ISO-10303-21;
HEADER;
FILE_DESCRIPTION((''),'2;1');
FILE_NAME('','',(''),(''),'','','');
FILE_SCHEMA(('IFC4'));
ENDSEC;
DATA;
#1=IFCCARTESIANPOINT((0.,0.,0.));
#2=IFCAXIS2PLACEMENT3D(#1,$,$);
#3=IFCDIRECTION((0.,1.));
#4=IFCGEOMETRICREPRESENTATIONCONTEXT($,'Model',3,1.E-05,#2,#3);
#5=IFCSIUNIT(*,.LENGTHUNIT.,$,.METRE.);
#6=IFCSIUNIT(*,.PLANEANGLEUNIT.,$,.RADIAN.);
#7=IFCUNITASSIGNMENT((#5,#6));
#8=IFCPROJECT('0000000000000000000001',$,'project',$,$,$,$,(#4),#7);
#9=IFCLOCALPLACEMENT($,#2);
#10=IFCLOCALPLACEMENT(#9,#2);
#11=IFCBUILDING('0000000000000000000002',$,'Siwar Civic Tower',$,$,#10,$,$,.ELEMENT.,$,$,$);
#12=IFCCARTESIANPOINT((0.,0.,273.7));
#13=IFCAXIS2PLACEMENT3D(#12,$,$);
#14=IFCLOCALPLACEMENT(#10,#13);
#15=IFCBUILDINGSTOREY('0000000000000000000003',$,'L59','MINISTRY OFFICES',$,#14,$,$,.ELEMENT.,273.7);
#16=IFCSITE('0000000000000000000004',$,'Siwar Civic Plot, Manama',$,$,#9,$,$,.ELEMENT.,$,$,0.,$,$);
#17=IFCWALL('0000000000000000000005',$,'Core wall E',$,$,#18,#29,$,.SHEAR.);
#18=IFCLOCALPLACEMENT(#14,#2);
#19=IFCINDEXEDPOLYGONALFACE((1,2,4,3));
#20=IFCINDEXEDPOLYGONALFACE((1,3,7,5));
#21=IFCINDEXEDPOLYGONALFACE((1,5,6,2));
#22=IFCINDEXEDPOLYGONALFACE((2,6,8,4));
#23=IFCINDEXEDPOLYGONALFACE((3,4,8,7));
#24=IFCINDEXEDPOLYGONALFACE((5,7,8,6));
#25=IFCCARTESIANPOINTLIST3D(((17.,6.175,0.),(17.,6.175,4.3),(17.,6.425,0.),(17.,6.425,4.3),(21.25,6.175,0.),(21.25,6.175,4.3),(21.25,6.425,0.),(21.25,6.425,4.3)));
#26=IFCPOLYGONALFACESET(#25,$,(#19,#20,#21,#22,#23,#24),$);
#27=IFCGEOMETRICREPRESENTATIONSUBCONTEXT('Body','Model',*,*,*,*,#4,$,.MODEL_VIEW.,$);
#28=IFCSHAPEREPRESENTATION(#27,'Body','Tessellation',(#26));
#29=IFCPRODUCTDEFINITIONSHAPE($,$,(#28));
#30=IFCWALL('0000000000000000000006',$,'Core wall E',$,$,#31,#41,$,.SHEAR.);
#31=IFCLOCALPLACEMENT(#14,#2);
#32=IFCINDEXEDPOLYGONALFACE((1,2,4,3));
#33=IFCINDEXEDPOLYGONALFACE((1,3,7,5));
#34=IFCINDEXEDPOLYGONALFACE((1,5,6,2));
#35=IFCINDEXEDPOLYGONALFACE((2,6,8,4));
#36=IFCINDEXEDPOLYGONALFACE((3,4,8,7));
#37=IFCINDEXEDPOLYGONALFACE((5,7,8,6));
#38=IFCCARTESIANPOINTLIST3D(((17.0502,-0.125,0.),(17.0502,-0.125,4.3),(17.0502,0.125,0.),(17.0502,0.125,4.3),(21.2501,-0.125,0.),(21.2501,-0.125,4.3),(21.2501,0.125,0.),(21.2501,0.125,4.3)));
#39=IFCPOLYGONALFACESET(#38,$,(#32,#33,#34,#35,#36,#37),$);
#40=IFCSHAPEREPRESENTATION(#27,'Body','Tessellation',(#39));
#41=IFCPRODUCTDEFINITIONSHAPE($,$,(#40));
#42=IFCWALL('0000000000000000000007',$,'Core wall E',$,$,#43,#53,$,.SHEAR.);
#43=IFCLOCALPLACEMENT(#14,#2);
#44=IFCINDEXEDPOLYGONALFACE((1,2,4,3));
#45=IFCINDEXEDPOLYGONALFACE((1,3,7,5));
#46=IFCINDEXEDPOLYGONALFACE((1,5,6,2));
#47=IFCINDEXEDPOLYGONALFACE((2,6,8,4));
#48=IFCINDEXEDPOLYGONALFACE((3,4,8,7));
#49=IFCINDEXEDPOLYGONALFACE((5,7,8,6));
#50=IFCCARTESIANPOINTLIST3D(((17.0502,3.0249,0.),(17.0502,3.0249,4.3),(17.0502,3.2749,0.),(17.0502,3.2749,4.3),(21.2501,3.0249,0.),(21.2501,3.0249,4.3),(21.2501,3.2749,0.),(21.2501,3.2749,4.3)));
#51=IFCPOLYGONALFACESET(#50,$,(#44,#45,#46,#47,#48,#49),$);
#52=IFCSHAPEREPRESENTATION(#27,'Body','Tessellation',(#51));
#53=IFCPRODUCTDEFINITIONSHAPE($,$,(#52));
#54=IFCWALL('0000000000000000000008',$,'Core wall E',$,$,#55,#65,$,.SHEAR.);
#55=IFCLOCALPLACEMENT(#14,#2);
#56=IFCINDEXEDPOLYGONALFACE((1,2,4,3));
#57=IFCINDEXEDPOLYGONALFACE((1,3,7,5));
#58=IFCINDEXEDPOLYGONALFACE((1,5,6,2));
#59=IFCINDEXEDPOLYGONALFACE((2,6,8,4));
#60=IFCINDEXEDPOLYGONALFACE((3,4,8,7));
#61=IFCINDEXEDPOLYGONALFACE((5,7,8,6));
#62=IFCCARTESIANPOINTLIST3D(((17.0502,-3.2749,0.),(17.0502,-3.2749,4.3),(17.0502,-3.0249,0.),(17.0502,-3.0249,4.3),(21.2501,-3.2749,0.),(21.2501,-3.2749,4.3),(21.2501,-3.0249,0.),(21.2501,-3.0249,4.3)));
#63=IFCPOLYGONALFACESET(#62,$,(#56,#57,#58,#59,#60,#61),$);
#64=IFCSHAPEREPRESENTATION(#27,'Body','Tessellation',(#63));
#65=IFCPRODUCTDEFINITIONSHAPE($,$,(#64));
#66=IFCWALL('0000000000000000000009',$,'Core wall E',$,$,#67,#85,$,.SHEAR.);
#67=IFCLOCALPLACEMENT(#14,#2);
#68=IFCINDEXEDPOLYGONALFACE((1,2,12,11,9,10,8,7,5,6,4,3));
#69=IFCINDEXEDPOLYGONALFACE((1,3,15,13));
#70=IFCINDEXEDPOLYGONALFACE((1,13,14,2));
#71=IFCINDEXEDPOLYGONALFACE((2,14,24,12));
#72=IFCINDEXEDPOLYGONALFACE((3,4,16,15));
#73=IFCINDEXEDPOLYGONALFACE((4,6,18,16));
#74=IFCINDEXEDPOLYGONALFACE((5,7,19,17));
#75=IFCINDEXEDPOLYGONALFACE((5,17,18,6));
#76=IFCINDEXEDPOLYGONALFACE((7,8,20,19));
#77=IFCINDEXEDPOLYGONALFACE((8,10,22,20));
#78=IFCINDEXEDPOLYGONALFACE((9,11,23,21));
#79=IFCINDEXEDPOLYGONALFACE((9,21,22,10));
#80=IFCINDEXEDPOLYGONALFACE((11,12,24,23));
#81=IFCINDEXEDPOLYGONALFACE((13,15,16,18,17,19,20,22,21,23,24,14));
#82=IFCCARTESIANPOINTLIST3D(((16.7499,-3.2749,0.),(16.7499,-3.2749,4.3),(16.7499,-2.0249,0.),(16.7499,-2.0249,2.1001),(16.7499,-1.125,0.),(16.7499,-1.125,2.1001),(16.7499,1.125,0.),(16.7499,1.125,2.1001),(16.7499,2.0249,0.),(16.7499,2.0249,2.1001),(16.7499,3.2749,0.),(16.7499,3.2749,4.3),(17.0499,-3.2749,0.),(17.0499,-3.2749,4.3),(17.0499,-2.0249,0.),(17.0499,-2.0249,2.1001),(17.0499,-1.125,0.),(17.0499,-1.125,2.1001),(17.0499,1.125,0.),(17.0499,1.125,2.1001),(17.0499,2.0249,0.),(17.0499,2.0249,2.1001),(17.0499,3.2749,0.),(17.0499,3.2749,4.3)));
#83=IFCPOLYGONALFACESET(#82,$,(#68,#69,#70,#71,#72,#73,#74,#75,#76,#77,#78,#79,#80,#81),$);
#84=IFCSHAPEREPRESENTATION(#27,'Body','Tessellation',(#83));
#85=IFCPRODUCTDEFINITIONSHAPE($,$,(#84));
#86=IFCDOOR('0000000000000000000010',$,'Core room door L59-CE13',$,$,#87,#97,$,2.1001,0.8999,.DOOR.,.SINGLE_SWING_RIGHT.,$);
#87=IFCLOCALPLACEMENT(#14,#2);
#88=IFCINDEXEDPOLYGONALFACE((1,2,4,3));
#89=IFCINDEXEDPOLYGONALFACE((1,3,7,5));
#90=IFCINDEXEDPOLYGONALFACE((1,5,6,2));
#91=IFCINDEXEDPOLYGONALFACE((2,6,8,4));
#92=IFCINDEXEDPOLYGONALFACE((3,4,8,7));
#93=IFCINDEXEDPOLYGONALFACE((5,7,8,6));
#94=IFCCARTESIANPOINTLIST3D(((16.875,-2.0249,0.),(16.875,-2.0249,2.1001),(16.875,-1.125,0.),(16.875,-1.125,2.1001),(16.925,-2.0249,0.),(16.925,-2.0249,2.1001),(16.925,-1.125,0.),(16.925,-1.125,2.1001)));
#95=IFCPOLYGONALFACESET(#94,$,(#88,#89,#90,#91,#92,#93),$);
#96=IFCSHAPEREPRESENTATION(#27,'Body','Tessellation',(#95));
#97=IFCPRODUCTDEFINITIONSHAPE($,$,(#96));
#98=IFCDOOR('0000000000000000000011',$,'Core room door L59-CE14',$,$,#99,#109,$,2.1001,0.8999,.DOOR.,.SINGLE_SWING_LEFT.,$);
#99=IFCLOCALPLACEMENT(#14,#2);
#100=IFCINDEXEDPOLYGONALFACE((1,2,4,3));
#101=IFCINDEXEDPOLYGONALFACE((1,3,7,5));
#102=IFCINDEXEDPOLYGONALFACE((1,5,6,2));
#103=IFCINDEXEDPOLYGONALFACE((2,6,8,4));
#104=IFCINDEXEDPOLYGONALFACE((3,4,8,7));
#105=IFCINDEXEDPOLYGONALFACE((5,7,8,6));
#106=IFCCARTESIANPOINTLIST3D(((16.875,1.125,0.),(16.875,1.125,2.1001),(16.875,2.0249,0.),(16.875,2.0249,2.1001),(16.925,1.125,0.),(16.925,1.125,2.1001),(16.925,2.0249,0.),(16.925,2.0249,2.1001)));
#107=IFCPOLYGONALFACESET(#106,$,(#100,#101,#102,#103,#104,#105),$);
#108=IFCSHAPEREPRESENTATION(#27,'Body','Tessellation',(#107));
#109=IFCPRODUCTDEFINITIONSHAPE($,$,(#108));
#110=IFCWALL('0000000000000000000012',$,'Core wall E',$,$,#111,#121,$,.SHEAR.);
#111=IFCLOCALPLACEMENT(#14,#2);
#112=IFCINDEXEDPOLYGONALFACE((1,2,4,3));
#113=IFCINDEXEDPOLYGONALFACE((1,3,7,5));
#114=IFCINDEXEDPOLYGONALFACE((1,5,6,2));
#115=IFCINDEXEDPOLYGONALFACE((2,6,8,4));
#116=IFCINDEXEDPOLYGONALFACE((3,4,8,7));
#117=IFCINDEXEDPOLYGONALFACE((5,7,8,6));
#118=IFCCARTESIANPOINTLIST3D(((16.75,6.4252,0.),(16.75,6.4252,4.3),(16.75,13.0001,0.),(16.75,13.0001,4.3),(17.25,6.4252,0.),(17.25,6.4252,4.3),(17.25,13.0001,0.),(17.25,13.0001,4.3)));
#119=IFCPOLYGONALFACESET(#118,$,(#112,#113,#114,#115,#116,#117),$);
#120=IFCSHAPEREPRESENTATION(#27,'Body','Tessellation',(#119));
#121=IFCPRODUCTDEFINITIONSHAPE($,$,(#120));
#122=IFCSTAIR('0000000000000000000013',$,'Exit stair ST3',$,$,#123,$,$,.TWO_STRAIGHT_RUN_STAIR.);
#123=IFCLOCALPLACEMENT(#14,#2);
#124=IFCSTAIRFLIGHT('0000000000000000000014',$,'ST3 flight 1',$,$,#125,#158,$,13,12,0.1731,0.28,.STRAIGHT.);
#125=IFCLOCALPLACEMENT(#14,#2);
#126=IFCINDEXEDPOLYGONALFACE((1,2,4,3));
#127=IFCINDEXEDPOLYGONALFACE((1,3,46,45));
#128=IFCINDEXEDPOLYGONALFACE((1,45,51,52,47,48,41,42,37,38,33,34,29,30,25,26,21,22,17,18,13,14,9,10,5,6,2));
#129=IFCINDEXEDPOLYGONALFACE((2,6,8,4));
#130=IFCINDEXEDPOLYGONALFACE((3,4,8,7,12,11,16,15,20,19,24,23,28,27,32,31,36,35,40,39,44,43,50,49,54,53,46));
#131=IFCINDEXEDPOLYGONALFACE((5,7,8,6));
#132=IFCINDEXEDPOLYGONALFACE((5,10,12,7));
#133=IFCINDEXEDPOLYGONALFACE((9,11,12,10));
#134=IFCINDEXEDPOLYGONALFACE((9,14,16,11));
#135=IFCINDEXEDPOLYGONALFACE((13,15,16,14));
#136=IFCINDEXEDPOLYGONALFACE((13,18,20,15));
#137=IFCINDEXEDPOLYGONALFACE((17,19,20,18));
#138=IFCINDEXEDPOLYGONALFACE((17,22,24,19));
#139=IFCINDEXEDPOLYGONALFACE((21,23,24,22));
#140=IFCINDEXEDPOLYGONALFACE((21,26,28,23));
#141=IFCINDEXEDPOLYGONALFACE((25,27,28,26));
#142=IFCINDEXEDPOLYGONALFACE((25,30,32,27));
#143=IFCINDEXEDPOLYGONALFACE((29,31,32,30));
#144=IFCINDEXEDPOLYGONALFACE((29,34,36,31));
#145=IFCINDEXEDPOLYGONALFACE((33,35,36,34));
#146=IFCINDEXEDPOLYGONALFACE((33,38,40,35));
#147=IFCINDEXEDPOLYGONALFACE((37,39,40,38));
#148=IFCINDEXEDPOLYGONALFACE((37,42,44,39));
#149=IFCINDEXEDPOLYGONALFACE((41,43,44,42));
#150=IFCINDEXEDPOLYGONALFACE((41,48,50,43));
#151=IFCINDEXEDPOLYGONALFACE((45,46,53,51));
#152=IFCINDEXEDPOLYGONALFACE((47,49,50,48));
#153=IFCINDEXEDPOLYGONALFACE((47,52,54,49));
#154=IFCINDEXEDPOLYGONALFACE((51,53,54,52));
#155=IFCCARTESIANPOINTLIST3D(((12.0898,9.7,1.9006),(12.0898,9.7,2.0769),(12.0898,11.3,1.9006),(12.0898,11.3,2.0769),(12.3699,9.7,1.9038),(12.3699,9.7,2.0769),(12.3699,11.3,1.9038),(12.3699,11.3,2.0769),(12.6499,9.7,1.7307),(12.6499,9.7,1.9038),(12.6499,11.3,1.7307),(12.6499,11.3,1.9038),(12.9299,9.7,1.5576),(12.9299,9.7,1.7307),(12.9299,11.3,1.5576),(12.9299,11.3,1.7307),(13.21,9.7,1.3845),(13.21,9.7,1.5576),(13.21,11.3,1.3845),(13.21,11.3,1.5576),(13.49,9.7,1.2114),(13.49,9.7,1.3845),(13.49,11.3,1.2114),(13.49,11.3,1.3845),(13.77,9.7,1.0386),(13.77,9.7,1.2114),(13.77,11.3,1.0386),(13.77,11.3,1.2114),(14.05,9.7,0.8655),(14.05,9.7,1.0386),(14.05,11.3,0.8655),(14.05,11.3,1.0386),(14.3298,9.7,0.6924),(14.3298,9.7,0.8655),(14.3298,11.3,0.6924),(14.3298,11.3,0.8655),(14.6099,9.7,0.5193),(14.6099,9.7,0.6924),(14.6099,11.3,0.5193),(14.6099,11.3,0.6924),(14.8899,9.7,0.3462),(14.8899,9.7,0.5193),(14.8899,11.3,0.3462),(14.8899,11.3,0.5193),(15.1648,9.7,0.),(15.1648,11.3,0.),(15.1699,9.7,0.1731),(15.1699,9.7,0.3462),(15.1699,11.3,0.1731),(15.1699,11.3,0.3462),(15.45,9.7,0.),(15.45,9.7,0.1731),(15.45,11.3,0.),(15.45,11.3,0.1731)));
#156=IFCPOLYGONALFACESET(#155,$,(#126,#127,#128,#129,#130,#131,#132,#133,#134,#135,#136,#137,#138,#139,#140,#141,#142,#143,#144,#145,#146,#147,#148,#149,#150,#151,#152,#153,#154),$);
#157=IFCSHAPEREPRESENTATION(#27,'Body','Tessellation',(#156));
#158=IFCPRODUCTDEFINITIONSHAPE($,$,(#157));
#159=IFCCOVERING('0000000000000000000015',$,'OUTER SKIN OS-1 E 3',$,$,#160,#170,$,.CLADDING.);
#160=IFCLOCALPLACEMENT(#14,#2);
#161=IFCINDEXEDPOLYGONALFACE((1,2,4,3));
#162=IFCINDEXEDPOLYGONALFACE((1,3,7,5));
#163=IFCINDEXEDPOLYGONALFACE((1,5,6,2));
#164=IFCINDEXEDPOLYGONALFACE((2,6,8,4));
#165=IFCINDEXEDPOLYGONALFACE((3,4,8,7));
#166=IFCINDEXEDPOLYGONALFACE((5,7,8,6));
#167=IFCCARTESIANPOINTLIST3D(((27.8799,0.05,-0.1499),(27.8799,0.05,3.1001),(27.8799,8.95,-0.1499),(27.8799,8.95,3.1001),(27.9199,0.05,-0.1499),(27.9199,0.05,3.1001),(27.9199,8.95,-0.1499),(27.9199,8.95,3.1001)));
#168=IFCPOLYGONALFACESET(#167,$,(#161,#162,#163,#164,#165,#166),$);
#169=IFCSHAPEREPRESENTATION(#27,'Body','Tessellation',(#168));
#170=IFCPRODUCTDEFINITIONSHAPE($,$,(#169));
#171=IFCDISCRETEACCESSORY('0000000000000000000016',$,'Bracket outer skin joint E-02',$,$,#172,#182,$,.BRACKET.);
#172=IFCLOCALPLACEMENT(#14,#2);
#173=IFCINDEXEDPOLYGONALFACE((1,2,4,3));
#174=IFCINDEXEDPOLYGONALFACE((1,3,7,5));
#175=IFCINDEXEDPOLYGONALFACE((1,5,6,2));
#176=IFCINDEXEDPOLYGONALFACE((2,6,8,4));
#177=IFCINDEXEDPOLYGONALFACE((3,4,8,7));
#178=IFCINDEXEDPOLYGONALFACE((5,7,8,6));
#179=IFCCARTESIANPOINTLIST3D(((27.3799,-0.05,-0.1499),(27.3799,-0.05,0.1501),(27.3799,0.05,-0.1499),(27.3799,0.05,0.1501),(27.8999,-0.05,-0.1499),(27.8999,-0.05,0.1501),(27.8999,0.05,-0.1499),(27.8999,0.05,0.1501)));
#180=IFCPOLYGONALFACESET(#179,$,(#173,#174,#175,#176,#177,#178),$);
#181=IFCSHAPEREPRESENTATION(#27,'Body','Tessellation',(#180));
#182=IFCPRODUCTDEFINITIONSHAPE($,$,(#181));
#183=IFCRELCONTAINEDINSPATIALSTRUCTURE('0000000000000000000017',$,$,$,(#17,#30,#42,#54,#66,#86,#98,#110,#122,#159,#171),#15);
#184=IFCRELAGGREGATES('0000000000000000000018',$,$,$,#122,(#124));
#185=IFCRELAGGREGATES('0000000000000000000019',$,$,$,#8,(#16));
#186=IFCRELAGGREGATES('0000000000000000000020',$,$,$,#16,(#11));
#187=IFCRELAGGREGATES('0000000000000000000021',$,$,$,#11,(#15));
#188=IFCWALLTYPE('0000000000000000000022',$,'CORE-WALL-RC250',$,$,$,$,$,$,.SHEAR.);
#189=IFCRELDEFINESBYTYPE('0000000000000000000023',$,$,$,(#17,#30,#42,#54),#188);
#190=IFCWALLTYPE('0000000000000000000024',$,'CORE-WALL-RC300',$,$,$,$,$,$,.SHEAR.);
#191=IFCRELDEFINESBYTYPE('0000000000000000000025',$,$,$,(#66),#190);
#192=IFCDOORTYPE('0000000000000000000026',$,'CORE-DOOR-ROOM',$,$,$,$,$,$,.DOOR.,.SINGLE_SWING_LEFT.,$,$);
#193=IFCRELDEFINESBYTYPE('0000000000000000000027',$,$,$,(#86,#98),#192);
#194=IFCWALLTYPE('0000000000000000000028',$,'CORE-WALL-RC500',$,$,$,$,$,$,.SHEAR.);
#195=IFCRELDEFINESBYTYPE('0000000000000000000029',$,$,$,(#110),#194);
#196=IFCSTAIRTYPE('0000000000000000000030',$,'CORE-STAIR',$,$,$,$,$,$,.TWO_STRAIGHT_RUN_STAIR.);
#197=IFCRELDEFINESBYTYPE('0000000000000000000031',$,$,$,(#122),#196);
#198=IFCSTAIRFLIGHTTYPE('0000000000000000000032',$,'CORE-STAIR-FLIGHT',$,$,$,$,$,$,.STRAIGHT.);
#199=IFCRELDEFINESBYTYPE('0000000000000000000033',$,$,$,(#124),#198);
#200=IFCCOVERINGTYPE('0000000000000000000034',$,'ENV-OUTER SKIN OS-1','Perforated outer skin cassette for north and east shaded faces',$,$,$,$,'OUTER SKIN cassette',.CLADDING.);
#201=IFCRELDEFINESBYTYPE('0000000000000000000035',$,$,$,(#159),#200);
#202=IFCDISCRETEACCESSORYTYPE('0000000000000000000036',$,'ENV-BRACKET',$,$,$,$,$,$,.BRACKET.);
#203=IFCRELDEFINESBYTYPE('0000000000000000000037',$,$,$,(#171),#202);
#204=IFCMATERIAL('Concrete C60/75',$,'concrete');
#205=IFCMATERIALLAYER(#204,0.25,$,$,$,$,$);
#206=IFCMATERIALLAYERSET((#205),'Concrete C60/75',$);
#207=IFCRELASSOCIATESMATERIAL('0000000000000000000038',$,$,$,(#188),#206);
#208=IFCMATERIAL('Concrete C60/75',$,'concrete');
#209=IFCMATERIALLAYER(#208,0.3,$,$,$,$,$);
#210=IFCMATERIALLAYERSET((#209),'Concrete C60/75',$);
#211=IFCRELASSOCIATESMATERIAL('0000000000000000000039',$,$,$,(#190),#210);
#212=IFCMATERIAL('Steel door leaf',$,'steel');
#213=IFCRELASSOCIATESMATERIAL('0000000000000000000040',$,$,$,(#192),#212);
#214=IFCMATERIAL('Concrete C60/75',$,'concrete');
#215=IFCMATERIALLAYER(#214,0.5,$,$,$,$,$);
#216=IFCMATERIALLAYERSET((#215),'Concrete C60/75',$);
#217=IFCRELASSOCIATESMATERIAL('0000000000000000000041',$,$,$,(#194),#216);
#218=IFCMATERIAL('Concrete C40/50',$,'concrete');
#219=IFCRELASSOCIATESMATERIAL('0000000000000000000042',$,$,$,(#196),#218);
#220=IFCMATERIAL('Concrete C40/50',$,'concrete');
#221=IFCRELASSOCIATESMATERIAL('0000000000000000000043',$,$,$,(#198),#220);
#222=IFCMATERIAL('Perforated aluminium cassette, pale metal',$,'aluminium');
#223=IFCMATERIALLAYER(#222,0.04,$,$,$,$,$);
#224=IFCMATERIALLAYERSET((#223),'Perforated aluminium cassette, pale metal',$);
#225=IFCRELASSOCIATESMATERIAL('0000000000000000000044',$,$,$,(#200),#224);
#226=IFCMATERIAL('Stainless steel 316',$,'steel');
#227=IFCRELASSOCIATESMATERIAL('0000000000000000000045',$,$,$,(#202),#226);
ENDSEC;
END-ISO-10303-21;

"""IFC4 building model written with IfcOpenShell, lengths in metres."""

from ifc_helpers import new_model, si_unit, direction, frame, frame_2d, origin, origin_2d, place, context, subcontext, project, spatial, polyline, rectangle, outline, extrude, material, layer, layer_set, type_object, element, fill, aggregate, save


model = new_model("IFC4")

# Units and contexts
model_context = context("Model", 3, precision=1e-05, world=origin(), true_north=direction((0.0, 1.0)))
body_context = subcontext(model_context, "Body", "Model", "MODEL_VIEW")
ifc_project = project(units=[si_unit("LENGTHUNIT", "METRE"), si_unit("PLANEANGLEUNIT", "RADIAN")], contexts=[model_context])

# Site, building, storey
site_placement = place(None, origin())
site = spatial("IfcSite", under=ifc_project, at=site_placement, Name="Siwar Civic Plot, Manama", CompositionType="ELEMENT", RefElevation=0.0)
building_placement = place(site_placement, origin())
building = spatial("IfcBuilding", under=site, at=building_placement, Name="Siwar Civic Tower", CompositionType="ELEMENT")
storey_placement = place(building_placement, frame((0.0, 0.0, 273.7)))
storey = spatial("IfcBuildingStorey", under=building, at=storey_placement, Name="L59", Description="MINISTRY OFFICES", CompositionType="ELEMENT", Elevation=273.7)

# Walls
ifc_material_1 = material(Name="Concrete C60/75", Category="concrete")
ifc_layer_1 = layer(ifc_material_1, 0.25)
ifc_layer_set_1 = layer_set([ifc_layer_1], Name="Concrete C60/75")
wall_type_1 = type_object("IfcWallType", Name="CORE-WALL-RC250", PredefinedType="SHEAR", material=ifc_layer_set_1)
wall_1_placement = place(storey_placement, frame((17.0, 6.3, 0.0), z_axis=(0.0, 0.0, 1.0), x_axis=(1.0, 0.0, 0.0)))
element("IfcWall", 1, at=wall_1_placement, inside=storey, type_object=wall_type_1, Name="Core wall E", PredefinedType="SHEAR", context=body_context, shape_type="SweptSolid", body=[
    extrude(rectangle(XDim=4.25, YDim=0.25, at=frame_2d((2.125, 0.0))), origin(), (0.0, 0.0, 1.0), 4.3),
])
for number, where, z_axis, x_axis, name in (
    (2, (17.05, 0.0, 0.0), (0.0, 0.0, 1.0), (1.0, 0.0, 0.0), "Core wall E"),
    (3, (17.05, 3.1499, 0.0), (0.0, 0.0, 1.0), (1.0, 0.0, 0.0), "Core wall E"),
    (4, (17.05, -3.1499, 0.0), (0.0, 0.0, 1.0), (1.0, 0.0, 0.0), "Core wall E"),
):
    element("IfcWall", number, at=place(storey_placement, frame(where, z_axis=z_axis, x_axis=x_axis)), inside=storey, type_object=wall_type_1, Name=name, PredefinedType="SHEAR", context=body_context, shape_type="SweptSolid", body=[
        extrude(rectangle(XDim=4.2, YDim=0.25, at=frame_2d((2.1001, 0.0))), origin(), (0.0, 0.0, 1.0), 4.3),
    ])

# Wall, openings, doors
ifc_material_2 = material(Name="Concrete C60/75", Category="concrete")
ifc_layer_2 = layer(ifc_material_2, 0.3)
ifc_layer_set_2 = layer_set([ifc_layer_2], Name="Concrete C60/75")
wall_type_2 = type_object("IfcWallType", Name="CORE-WALL-RC300", PredefinedType="SHEAR", material=ifc_layer_set_2)
wall_2_placement = place(storey_placement, frame((16.8999, -3.2749, 0.0), z_axis=(0.0, 0.0, 1.0), x_axis=(0.0, 1.0, 0.0)))
wall_2 = element("IfcWall", 5, at=wall_2_placement, inside=storey, type_object=wall_type_2, Name="Core wall E", PredefinedType="SHEAR", context=body_context, shape_type="SweptSolid", body=[
    extrude(rectangle(XDim=6.5498, YDim=0.3, at=frame_2d((3.2749, 0.0))), origin(), (0.0, 0.0, 1.0), 4.3),
])
opening_1_placement = place(wall_2_placement, frame((1.25, 0.0, 0.0)))
opening_1 = element("IfcOpeningElement", 6, at=opening_1_placement, cuts=wall_2, PredefinedType="OPENING", context=body_context, shape_type="SweptSolid", body=[
    extrude(rectangle(XDim=0.8999, YDim=2.1001, at=frame_2d((0.45, 1.05))), frame((0.0, 0.1602, 0.0), z_axis=(0.0, -1.0, 0.0), x_axis=(1.0, 0.0, 0.0)), (0.0, 0.0, 1.0), 0.3201),
])
opening_2_placement = place(wall_2_placement, frame((4.3999, 0.0, 0.0)))
opening_2 = element("IfcOpeningElement", 7, at=opening_2_placement, cuts=wall_2, PredefinedType="OPENING", context=body_context, shape_type="SweptSolid", body=[
    extrude(rectangle(XDim=0.8999, YDim=2.1001, at=frame_2d((0.45, 1.05))), frame((0.0, 0.1602, 0.0), z_axis=(0.0, -1.0, 0.0), x_axis=(1.0, 0.0, 0.0)), (0.0, 0.0, 1.0), 0.3201),
])
ifc_material_3 = material(Name="Steel door leaf", Category="steel")
door_type = type_object("IfcDoorType", Name="CORE-DOOR-ROOM", OperationType="SINGLE_SWING_LEFT", PredefinedType="DOOR", material=ifc_material_3)
door_1_placement = place(opening_1_placement, origin())
door_1 = element("IfcDoor", 8, at=door_1_placement, inside=storey, type_object=door_type, Name="Core room door L59-CE13", OperationType="SINGLE_SWING_RIGHT", OverallHeight=2.1001, OverallWidth=0.8999, PredefinedType="DOOR", context=body_context, shape_type="SweptSolid", body=[
    extrude(rectangle(XDim=0.8999, YDim=2.1001, at=frame_2d((0.45, 1.05))), frame((0.0, 0.0249, 0.0), z_axis=(0.0, -1.0, 0.0), x_axis=(1.0, 0.0, 0.0)), (0.0, 0.0, 1.0), 0.05),
])
fill(opening_1, door_1)
door_2_placement = place(opening_2_placement, origin())
door_2 = element("IfcDoor", 9, at=door_2_placement, inside=storey, type_object=door_type, Name="Core room door L59-CE14", OperationType="SINGLE_SWING_LEFT", OverallHeight=2.1001, OverallWidth=0.8999, PredefinedType="DOOR", context=body_context, shape_type="SweptSolid", body=[
    extrude(rectangle(XDim=0.8999, YDim=2.1001, at=frame_2d((0.45, 1.05))), frame((0.0, 0.0249, 0.0), z_axis=(0.0, -1.0, 0.0), x_axis=(1.0, 0.0, 0.0)), (0.0, 0.0, 1.0), 0.05),
])
fill(opening_2, door_2)

# Wall
ifc_material_4 = material(Name="Concrete C60/75", Category="concrete")
ifc_layer_3 = layer(ifc_material_4, 0.5)
ifc_layer_set_3 = layer_set([ifc_layer_3], Name="Concrete C60/75")
wall_type_3 = type_object("IfcWallType", Name="CORE-WALL-RC500", PredefinedType="SHEAR", material=ifc_layer_set_3)
wall_3_placement = place(storey_placement, frame((17.0, 6.425, 0.0), z_axis=(0.0, 0.0, 1.0), x_axis=(0.0, 1.0, 0.0)))
element("IfcWall", 10, at=wall_3_placement, inside=storey, type_object=wall_type_3, Name="Core wall E", PredefinedType="SHEAR", context=body_context, shape_type="SweptSolid", body=[
    extrude(rectangle(XDim=6.575, YDim=0.5, at=frame_2d((3.2876, 0.0))), origin(), (0.0, 0.0, 1.0), 4.3),
])

# Stair, stair flight
ifc_material_5 = material(Name="Concrete C40/50", Category="concrete")
stair_type = type_object("IfcStairType", Name="CORE-STAIR", PredefinedType="TWO_STRAIGHT_RUN_STAIR", material=ifc_material_5)
stair_placement = place(storey_placement, origin())
stair = element("IfcStair", 11, at=stair_placement, inside=storey, type_object=stair_type, Name="Exit stair ST3", PredefinedType="TWO_STRAIGHT_RUN_STAIR")
ifc_material_6 = material(Name="Concrete C40/50", Category="concrete")
stair_flight_type = type_object("IfcStairFlightType", Name="CORE-STAIR-FLIGHT", PredefinedType="STRAIGHT", material=ifc_material_6)
stair_flight_placement = place(storey_placement, frame((15.45, 10.5, 0.0), z_axis=(0.0, 0.0, 1.0), x_axis=(-1.0, 0.0, 0.0)))
stair_flight = element("IfcStairFlight", 12, at=stair_flight_placement, type_object=stair_flight_type, Name="ST3 flight 1", NumberOfRisers=13, NumberOfTreads=12, PredefinedType="STRAIGHT", RiserHeight=0.1731, TreadLength=0.28, context=body_context, shape_type="SweptSolid", body=[
    extrude(outline(polyline([(0.0, 0.0), (0.0, 0.1731), (0.28, 0.1731), (0.28, 0.3462), (0.5601, 0.3462), (0.5601, 0.5193), (0.8401, 0.5193), (0.8401, 0.6924), (1.1201, 0.6924), (1.1201, 0.8655), (1.3999, 0.8655), (1.3999, 1.0386), (1.6799, 1.0386), (1.6799, 1.2114), (1.96, 1.2114), (1.96, 1.3845), (2.24, 1.3845), (2.24, 1.5576), (2.52, 1.5576), (2.52, 1.7307), (2.8, 1.7307), (2.8, 1.9038), (3.0801, 1.9038), (3.0801, 2.0769), (3.3601, 2.0769), (3.3601, 2.25), (3.3601, 1.9006), (0.2852, 0.0), (0.0, 0.0)])), frame((0.0, 0.8, 0.0), z_axis=(0.0, -1.0, 0.0), x_axis=(1.0, 0.0, 0.0)), (0.0, 0.0, 1.0), 1.6001),
])
aggregate(stair, [stair_flight])

# Covering
ifc_material_7 = material(Name="Perforated aluminium cassette, pale metal", Category="aluminium")
ifc_layer_4 = layer(ifc_material_7, 0.04)
ifc_layer_set_4 = layer_set([ifc_layer_4], Name="Perforated aluminium cassette, pale metal")
covering_type = type_object("IfcCoveringType", Name="ENV-OUTER SKIN OS-1", Description="Perforated outer skin cassette for north and east shaded faces", ElementType="OUTER SKIN cassette", PredefinedType="CLADDING", material=ifc_layer_set_4)
covering_placement = place(storey_placement, frame((27.8999, 4.5, -0.1499), z_axis=(0.0, 0.0, 1.0), x_axis=(0.0, 1.0, 0.0)))
element("IfcCovering", 13, at=covering_placement, inside=storey, type_object=covering_type, Name="OUTER SKIN OS-1 E 3", PredefinedType="CLADDING", context=body_context, shape_type="SweptSolid", body=[
    extrude(rectangle(XDim=8.8999, YDim=0.04, at=origin_2d()), origin(), (0.0, 0.0, 1.0), 3.25),
])

# Discrete accessory
ifc_material_8 = material(Name="Stainless steel 316", Category="steel")
discrete_accessory_type = type_object("IfcDiscreteAccessoryType", Name="ENV-BRACKET", PredefinedType="BRACKET", material=ifc_material_8)
for number, where, z_axis, x_axis, name in (
    (14, (27.6399, 0.0, -0.1499), (0.0, 0.0, 1.0), (1.0, 0.0, 0.0), "Bracket outer skin joint E-02"),
):
    element("IfcDiscreteAccessory", number, at=place(storey_placement, frame(where, z_axis=z_axis, x_axis=x_axis)), inside=storey, type_object=discrete_accessory_type, Name=name, PredefinedType="BRACKET", context=body_context, shape_type="SweptSolid", body=[
        extrude(rectangle(XDim=0.52, YDim=0.1001, at=origin_2d()), origin(), (0.0, 0.0, 1.0), 0.3),
    ])

save(model, "model.ifc")
